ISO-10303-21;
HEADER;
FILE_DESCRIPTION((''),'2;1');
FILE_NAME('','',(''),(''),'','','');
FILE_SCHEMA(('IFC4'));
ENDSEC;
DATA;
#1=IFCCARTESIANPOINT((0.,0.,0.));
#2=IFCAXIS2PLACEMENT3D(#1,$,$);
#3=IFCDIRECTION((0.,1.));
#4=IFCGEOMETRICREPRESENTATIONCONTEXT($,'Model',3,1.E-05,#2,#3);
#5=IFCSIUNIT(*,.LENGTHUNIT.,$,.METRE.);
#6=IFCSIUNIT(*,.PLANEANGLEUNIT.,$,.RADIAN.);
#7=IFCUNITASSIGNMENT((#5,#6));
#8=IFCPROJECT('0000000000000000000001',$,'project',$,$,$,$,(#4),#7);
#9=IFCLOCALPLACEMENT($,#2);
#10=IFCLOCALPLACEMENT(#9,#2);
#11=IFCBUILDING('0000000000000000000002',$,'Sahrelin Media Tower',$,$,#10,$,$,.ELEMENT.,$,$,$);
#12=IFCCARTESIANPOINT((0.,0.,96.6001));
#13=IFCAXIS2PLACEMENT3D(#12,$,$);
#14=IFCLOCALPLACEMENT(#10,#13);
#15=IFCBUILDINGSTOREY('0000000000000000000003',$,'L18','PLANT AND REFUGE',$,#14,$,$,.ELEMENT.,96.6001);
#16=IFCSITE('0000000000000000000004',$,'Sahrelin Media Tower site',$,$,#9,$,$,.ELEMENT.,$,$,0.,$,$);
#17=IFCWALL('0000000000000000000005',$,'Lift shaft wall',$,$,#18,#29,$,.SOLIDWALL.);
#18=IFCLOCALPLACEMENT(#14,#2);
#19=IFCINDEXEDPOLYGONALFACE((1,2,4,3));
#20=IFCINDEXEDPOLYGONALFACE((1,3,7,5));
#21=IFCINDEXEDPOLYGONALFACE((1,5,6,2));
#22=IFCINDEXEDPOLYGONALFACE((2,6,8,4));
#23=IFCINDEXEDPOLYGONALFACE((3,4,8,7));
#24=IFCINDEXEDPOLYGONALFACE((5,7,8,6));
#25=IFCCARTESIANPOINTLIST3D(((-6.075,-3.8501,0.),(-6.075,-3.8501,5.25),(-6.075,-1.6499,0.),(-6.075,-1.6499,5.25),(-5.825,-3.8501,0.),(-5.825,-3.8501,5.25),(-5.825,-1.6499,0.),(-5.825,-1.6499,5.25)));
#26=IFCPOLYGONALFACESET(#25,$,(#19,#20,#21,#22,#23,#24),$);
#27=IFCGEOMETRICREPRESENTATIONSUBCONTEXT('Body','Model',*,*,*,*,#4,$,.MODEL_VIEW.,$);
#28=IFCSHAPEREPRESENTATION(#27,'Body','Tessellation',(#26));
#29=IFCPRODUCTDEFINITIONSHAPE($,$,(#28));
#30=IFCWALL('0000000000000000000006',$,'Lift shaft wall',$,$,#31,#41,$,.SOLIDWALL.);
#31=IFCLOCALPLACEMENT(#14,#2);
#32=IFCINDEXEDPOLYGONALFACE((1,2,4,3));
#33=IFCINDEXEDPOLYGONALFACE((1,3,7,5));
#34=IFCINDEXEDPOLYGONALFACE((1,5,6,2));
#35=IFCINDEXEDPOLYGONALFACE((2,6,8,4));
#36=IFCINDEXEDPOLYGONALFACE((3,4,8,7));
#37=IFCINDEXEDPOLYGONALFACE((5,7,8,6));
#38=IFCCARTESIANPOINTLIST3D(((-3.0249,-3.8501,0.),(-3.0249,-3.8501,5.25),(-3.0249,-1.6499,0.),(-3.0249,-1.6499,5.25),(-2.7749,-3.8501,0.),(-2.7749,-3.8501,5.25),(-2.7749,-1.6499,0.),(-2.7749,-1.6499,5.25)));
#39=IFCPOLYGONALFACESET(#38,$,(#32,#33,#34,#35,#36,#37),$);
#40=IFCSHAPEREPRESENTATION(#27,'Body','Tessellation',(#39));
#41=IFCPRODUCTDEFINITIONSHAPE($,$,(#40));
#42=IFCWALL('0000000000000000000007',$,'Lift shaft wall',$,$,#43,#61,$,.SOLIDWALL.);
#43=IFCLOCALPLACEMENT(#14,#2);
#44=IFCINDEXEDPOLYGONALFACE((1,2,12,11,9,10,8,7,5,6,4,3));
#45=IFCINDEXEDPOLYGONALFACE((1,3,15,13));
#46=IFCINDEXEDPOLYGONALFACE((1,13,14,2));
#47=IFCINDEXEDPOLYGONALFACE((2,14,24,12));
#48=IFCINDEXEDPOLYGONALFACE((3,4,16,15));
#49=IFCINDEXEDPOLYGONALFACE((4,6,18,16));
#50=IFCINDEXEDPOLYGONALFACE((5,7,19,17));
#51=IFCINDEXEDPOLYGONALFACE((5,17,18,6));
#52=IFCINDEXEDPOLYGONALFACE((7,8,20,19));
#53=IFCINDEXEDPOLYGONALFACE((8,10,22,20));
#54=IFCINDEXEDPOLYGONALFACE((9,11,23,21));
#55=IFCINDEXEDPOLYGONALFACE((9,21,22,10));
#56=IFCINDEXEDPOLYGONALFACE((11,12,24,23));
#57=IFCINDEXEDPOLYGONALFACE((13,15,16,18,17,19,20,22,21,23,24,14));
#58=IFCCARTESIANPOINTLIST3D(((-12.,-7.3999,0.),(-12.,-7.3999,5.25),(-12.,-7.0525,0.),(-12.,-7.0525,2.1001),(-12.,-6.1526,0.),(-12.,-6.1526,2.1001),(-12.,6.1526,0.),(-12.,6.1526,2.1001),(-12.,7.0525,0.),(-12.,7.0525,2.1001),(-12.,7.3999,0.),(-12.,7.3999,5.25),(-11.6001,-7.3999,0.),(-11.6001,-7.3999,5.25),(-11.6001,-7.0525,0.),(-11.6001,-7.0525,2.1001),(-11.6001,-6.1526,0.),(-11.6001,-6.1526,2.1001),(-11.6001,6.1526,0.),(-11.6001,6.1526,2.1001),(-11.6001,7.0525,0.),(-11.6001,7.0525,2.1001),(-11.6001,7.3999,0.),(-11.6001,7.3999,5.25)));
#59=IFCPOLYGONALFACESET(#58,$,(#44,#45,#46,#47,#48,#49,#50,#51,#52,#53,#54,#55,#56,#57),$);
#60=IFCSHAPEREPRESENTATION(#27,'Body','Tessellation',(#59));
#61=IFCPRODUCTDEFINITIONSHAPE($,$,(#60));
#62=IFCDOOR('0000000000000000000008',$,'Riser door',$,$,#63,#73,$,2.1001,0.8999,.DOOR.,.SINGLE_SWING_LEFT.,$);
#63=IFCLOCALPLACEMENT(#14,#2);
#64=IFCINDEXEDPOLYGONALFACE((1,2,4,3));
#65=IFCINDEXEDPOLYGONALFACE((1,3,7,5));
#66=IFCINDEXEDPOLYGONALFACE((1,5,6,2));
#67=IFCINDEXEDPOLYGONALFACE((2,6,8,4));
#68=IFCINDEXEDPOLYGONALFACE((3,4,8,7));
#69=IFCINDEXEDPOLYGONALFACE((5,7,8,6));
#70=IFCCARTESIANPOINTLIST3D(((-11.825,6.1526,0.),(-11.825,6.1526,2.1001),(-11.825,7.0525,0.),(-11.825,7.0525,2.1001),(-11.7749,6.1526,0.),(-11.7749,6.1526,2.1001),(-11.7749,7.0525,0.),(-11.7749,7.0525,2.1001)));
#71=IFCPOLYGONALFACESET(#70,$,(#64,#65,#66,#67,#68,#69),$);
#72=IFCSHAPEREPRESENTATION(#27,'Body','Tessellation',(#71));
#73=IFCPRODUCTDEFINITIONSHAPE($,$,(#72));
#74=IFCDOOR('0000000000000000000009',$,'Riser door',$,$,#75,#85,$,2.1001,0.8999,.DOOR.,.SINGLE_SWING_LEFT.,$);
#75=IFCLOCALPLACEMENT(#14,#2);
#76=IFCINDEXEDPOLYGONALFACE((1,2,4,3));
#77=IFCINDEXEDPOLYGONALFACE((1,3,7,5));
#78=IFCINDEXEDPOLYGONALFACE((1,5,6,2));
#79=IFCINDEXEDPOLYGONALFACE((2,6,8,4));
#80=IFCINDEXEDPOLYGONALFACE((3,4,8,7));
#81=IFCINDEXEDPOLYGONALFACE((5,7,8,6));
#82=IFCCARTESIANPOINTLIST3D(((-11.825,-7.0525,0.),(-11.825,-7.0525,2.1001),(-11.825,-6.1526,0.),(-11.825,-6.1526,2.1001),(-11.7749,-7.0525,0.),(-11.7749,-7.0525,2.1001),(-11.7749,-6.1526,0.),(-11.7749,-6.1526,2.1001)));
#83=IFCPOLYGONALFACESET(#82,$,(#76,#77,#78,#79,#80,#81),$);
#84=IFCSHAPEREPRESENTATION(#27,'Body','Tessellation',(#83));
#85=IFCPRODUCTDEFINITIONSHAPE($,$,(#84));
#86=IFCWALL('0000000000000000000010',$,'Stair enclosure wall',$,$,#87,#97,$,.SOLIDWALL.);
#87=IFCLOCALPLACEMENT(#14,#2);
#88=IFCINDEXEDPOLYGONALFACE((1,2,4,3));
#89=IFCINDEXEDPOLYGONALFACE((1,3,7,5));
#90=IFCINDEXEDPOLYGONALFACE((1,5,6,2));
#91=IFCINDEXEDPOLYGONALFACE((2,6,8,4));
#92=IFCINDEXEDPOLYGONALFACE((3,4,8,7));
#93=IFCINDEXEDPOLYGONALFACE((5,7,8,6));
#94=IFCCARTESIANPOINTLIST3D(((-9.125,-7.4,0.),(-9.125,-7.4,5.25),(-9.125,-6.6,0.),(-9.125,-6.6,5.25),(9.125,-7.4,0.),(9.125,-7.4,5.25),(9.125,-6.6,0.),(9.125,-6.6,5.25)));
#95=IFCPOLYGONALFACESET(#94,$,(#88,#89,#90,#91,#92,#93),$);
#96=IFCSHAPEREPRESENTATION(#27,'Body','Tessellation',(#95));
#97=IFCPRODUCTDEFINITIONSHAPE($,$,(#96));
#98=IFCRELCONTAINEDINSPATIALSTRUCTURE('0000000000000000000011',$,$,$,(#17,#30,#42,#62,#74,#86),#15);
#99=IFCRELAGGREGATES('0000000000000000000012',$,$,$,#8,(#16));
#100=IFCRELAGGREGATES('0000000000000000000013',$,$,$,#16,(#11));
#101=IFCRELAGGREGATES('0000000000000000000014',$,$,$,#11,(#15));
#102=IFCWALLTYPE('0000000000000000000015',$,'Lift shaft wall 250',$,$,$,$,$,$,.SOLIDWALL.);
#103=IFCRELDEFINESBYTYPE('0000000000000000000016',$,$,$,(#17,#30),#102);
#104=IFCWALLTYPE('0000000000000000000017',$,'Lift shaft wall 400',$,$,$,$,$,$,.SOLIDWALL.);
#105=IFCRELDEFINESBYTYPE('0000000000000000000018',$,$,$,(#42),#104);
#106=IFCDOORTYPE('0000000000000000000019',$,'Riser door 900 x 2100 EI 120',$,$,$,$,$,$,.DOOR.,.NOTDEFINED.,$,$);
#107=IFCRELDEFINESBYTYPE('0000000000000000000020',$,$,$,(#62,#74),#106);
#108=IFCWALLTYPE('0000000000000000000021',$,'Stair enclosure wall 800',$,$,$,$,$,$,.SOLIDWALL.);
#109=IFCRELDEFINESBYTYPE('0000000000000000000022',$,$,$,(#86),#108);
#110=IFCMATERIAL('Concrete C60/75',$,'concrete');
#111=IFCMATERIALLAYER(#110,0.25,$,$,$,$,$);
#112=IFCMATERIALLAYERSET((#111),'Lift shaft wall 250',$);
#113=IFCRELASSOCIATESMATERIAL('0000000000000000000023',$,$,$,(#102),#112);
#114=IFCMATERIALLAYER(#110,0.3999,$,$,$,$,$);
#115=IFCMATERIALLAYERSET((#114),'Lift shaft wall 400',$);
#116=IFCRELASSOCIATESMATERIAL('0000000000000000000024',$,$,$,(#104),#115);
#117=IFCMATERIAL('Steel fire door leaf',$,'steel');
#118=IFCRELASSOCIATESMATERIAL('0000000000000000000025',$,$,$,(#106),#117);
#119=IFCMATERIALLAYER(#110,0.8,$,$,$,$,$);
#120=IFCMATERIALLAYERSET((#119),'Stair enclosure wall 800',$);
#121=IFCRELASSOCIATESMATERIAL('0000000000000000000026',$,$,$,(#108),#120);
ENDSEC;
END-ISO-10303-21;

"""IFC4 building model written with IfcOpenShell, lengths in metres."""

from ifc_helpers import new_model, si_unit, direction, frame, frame_2d, origin, place, context, subcontext, project, spatial, rectangle, extrude, material, layer, layer_set, type_object, element, fill, save


model = new_model("IFC4")

# Units and contexts
model_context = context("Model", 3, precision=1e-05, world=origin(), true_north=direction((0.0, 1.0)))
body_context = subcontext(model_context, "Body", "Model", "MODEL_VIEW")
ifc_project = project(units=[si_unit("LENGTHUNIT", "METRE"), si_unit("PLANEANGLEUNIT", "RADIAN")], contexts=[model_context])

# Site, building, storey
site_placement = place(None, origin())
site = spatial("IfcSite", under=ifc_project, at=site_placement, Name="Sahrelin Media Tower site", CompositionType="ELEMENT", RefElevation=0.0)
building_placement = place(site_placement, origin())
building = spatial("IfcBuilding", under=site, at=building_placement, Name="Sahrelin Media Tower", CompositionType="ELEMENT")
storey_placement = place(building_placement, frame((0.0, 0.0, 96.6001)))
storey = spatial("IfcBuildingStorey", under=building, at=storey_placement, Name="L18", Description="PLANT AND REFUGE", CompositionType="ELEMENT", Elevation=96.6001)

# Shared definitions
ifc_material_1 = material(Name="Concrete C60/75", Category="concrete")
ifc_material_2 = material(Name="Steel fire door leaf", Category="steel")

# Shared definitions
ifc_layer_1 = layer(ifc_material_1, 0.25)
ifc_layer_set_1 = layer_set([ifc_layer_1], Name="Lift shaft wall 250")
wall_type_1 = type_object("IfcWallType", Name="Lift shaft wall 250", PredefinedType="SOLIDWALL", material=ifc_layer_set_1)

# Walls
for number, where, z_axis, x_axis, name in (
    (1, (-5.95, -3.8501, 0.0), (0.0, 0.0, 1.0), (0.0, 1.0, 0.0), "Lift shaft wall"),
    (2, (-2.8999, -3.8501, 0.0), (0.0, 0.0, 1.0), (0.0, 1.0, 0.0), "Lift shaft wall"),
):
    element("IfcWall", number, at=place(storey_placement, frame(where, z_axis=z_axis, x_axis=x_axis)), inside=storey, type_object=wall_type_1, Name=name, PredefinedType="SOLIDWALL", context=body_context, shape_type="SweptSolid", body=[
        extrude(rectangle(XDim=2.2002, YDim=0.25, at=frame_2d((1.1001, 0.0))), origin(), (0.0, 0.0, 1.0), 5.25),
    ])

# Wall, openings, doors
ifc_layer_2 = layer(ifc_material_1, 0.3999)
ifc_layer_set_2 = layer_set([ifc_layer_2], Name="Lift shaft wall 400")
wall_type_2 = type_object("IfcWallType", Name="Lift shaft wall 400", PredefinedType="SOLIDWALL", material=ifc_layer_set_2)
wall_1_placement = place(storey_placement, frame((-11.8, -7.3999, 0.0), z_axis=(0.0, 0.0, 1.0), x_axis=(0.0, 1.0, 0.0)))
wall_1 = element("IfcWall", 3, at=wall_1_placement, inside=storey, type_object=wall_type_2, Name="Lift shaft wall", PredefinedType="SOLIDWALL", context=body_context, shape_type="SweptSolid", body=[
    extrude(rectangle(XDim=14.7998, YDim=0.3999, at=frame_2d((7.3999, 0.0))), origin(), (0.0, 0.0, 1.0), 5.25),
])
opening_1_placement = place(wall_1_placement, frame((13.5525, 0.0, 0.0)))
opening_1 = element("IfcOpeningElement", 4, at=opening_1_placement, cuts=wall_1, PredefinedType="OPENING", context=body_context, shape_type="SweptSolid", body=[
    extrude(rectangle(XDim=0.8999, YDim=2.1001, at=frame_2d((0.45, 1.05))), frame((0.0, 0.2, 0.0), z_axis=(0.0, -1.0, 0.0), x_axis=(1.0, 0.0, 0.0)), (0.0, 0.0, 1.0), 0.3999),
])
opening_2_placement = place(wall_1_placement, frame((0.3474, 0.0, 0.0)))
opening_2 = element("IfcOpeningElement", 5, at=opening_2_placement, cuts=wall_1, PredefinedType="OPENING", context=body_context, shape_type="SweptSolid", body=[
    extrude(rectangle(XDim=0.8999, YDim=2.1001, at=frame_2d((0.45, 1.05))), frame((0.0, 0.2, 0.0), z_axis=(0.0, -1.0, 0.0), x_axis=(1.0, 0.0, 0.0)), (0.0, 0.0, 1.0), 0.3999),
])
door_type_1 = type_object("IfcDoorType", Name="Riser door 900 x 2100 EI 120", OperationType="NOTDEFINED", PredefinedType="DOOR", material=ifc_material_2)
door_1_placement = place(opening_1_placement, origin())
door_1 = element("IfcDoor", 6, at=door_1_placement, inside=storey, type_object=door_type_1, Name="Riser door", OperationType="SINGLE_SWING_LEFT", OverallHeight=2.1001, OverallWidth=0.8999, PredefinedType="DOOR", context=body_context, shape_type="SweptSolid", body=[
    extrude(rectangle(XDim=0.8999, YDim=2.1001, at=frame_2d((0.45, 1.05))), frame((0.0, 0.0249, 0.0), z_axis=(0.0, -1.0, 0.0), x_axis=(1.0, 0.0, 0.0)), (0.0, 0.0, 1.0), 0.05),
])
fill(opening_1, door_1)
door_2_placement = place(opening_2_placement, origin())
door_2 = element("IfcDoor", 7, at=door_2_placement, inside=storey, type_object=door_type_1, Name="Riser door", OperationType="SINGLE_SWING_LEFT", OverallHeight=2.1001, OverallWidth=0.8999, PredefinedType="DOOR", context=body_context, shape_type="SweptSolid", body=[
    extrude(rectangle(XDim=0.8999, YDim=2.1001, at=frame_2d((0.45, 1.05))), frame((0.0, 0.0249, 0.0), z_axis=(0.0, -1.0, 0.0), x_axis=(1.0, 0.0, 0.0)), (0.0, 0.0, 1.0), 0.05),
])
fill(opening_2, door_2)

# Wall
ifc_layer_3 = layer(ifc_material_1, 0.8)
ifc_layer_set_3 = layer_set([ifc_layer_3], Name="Stair enclosure wall 800")
wall_type_3 = type_object("IfcWallType", Name="Stair enclosure wall 800", PredefinedType="SOLIDWALL", material=ifc_layer_set_3)
wall_2_placement = place(storey_placement, frame((-9.125, -7.0, 0.0), z_axis=(0.0, 0.0, 1.0), x_axis=(1.0, 0.0, 0.0)))
element("IfcWall", 8, at=wall_2_placement, inside=storey, type_object=wall_type_3, Name="Stair enclosure wall", PredefinedType="SOLIDWALL", context=body_context, shape_type="SweptSolid", body=[
    extrude(rectangle(XDim=18.25, YDim=0.8, at=frame_2d((9.125, 0.0))), origin(), (0.0, 0.0, 1.0), 5.25),
])

save(model, "model.ifc")
